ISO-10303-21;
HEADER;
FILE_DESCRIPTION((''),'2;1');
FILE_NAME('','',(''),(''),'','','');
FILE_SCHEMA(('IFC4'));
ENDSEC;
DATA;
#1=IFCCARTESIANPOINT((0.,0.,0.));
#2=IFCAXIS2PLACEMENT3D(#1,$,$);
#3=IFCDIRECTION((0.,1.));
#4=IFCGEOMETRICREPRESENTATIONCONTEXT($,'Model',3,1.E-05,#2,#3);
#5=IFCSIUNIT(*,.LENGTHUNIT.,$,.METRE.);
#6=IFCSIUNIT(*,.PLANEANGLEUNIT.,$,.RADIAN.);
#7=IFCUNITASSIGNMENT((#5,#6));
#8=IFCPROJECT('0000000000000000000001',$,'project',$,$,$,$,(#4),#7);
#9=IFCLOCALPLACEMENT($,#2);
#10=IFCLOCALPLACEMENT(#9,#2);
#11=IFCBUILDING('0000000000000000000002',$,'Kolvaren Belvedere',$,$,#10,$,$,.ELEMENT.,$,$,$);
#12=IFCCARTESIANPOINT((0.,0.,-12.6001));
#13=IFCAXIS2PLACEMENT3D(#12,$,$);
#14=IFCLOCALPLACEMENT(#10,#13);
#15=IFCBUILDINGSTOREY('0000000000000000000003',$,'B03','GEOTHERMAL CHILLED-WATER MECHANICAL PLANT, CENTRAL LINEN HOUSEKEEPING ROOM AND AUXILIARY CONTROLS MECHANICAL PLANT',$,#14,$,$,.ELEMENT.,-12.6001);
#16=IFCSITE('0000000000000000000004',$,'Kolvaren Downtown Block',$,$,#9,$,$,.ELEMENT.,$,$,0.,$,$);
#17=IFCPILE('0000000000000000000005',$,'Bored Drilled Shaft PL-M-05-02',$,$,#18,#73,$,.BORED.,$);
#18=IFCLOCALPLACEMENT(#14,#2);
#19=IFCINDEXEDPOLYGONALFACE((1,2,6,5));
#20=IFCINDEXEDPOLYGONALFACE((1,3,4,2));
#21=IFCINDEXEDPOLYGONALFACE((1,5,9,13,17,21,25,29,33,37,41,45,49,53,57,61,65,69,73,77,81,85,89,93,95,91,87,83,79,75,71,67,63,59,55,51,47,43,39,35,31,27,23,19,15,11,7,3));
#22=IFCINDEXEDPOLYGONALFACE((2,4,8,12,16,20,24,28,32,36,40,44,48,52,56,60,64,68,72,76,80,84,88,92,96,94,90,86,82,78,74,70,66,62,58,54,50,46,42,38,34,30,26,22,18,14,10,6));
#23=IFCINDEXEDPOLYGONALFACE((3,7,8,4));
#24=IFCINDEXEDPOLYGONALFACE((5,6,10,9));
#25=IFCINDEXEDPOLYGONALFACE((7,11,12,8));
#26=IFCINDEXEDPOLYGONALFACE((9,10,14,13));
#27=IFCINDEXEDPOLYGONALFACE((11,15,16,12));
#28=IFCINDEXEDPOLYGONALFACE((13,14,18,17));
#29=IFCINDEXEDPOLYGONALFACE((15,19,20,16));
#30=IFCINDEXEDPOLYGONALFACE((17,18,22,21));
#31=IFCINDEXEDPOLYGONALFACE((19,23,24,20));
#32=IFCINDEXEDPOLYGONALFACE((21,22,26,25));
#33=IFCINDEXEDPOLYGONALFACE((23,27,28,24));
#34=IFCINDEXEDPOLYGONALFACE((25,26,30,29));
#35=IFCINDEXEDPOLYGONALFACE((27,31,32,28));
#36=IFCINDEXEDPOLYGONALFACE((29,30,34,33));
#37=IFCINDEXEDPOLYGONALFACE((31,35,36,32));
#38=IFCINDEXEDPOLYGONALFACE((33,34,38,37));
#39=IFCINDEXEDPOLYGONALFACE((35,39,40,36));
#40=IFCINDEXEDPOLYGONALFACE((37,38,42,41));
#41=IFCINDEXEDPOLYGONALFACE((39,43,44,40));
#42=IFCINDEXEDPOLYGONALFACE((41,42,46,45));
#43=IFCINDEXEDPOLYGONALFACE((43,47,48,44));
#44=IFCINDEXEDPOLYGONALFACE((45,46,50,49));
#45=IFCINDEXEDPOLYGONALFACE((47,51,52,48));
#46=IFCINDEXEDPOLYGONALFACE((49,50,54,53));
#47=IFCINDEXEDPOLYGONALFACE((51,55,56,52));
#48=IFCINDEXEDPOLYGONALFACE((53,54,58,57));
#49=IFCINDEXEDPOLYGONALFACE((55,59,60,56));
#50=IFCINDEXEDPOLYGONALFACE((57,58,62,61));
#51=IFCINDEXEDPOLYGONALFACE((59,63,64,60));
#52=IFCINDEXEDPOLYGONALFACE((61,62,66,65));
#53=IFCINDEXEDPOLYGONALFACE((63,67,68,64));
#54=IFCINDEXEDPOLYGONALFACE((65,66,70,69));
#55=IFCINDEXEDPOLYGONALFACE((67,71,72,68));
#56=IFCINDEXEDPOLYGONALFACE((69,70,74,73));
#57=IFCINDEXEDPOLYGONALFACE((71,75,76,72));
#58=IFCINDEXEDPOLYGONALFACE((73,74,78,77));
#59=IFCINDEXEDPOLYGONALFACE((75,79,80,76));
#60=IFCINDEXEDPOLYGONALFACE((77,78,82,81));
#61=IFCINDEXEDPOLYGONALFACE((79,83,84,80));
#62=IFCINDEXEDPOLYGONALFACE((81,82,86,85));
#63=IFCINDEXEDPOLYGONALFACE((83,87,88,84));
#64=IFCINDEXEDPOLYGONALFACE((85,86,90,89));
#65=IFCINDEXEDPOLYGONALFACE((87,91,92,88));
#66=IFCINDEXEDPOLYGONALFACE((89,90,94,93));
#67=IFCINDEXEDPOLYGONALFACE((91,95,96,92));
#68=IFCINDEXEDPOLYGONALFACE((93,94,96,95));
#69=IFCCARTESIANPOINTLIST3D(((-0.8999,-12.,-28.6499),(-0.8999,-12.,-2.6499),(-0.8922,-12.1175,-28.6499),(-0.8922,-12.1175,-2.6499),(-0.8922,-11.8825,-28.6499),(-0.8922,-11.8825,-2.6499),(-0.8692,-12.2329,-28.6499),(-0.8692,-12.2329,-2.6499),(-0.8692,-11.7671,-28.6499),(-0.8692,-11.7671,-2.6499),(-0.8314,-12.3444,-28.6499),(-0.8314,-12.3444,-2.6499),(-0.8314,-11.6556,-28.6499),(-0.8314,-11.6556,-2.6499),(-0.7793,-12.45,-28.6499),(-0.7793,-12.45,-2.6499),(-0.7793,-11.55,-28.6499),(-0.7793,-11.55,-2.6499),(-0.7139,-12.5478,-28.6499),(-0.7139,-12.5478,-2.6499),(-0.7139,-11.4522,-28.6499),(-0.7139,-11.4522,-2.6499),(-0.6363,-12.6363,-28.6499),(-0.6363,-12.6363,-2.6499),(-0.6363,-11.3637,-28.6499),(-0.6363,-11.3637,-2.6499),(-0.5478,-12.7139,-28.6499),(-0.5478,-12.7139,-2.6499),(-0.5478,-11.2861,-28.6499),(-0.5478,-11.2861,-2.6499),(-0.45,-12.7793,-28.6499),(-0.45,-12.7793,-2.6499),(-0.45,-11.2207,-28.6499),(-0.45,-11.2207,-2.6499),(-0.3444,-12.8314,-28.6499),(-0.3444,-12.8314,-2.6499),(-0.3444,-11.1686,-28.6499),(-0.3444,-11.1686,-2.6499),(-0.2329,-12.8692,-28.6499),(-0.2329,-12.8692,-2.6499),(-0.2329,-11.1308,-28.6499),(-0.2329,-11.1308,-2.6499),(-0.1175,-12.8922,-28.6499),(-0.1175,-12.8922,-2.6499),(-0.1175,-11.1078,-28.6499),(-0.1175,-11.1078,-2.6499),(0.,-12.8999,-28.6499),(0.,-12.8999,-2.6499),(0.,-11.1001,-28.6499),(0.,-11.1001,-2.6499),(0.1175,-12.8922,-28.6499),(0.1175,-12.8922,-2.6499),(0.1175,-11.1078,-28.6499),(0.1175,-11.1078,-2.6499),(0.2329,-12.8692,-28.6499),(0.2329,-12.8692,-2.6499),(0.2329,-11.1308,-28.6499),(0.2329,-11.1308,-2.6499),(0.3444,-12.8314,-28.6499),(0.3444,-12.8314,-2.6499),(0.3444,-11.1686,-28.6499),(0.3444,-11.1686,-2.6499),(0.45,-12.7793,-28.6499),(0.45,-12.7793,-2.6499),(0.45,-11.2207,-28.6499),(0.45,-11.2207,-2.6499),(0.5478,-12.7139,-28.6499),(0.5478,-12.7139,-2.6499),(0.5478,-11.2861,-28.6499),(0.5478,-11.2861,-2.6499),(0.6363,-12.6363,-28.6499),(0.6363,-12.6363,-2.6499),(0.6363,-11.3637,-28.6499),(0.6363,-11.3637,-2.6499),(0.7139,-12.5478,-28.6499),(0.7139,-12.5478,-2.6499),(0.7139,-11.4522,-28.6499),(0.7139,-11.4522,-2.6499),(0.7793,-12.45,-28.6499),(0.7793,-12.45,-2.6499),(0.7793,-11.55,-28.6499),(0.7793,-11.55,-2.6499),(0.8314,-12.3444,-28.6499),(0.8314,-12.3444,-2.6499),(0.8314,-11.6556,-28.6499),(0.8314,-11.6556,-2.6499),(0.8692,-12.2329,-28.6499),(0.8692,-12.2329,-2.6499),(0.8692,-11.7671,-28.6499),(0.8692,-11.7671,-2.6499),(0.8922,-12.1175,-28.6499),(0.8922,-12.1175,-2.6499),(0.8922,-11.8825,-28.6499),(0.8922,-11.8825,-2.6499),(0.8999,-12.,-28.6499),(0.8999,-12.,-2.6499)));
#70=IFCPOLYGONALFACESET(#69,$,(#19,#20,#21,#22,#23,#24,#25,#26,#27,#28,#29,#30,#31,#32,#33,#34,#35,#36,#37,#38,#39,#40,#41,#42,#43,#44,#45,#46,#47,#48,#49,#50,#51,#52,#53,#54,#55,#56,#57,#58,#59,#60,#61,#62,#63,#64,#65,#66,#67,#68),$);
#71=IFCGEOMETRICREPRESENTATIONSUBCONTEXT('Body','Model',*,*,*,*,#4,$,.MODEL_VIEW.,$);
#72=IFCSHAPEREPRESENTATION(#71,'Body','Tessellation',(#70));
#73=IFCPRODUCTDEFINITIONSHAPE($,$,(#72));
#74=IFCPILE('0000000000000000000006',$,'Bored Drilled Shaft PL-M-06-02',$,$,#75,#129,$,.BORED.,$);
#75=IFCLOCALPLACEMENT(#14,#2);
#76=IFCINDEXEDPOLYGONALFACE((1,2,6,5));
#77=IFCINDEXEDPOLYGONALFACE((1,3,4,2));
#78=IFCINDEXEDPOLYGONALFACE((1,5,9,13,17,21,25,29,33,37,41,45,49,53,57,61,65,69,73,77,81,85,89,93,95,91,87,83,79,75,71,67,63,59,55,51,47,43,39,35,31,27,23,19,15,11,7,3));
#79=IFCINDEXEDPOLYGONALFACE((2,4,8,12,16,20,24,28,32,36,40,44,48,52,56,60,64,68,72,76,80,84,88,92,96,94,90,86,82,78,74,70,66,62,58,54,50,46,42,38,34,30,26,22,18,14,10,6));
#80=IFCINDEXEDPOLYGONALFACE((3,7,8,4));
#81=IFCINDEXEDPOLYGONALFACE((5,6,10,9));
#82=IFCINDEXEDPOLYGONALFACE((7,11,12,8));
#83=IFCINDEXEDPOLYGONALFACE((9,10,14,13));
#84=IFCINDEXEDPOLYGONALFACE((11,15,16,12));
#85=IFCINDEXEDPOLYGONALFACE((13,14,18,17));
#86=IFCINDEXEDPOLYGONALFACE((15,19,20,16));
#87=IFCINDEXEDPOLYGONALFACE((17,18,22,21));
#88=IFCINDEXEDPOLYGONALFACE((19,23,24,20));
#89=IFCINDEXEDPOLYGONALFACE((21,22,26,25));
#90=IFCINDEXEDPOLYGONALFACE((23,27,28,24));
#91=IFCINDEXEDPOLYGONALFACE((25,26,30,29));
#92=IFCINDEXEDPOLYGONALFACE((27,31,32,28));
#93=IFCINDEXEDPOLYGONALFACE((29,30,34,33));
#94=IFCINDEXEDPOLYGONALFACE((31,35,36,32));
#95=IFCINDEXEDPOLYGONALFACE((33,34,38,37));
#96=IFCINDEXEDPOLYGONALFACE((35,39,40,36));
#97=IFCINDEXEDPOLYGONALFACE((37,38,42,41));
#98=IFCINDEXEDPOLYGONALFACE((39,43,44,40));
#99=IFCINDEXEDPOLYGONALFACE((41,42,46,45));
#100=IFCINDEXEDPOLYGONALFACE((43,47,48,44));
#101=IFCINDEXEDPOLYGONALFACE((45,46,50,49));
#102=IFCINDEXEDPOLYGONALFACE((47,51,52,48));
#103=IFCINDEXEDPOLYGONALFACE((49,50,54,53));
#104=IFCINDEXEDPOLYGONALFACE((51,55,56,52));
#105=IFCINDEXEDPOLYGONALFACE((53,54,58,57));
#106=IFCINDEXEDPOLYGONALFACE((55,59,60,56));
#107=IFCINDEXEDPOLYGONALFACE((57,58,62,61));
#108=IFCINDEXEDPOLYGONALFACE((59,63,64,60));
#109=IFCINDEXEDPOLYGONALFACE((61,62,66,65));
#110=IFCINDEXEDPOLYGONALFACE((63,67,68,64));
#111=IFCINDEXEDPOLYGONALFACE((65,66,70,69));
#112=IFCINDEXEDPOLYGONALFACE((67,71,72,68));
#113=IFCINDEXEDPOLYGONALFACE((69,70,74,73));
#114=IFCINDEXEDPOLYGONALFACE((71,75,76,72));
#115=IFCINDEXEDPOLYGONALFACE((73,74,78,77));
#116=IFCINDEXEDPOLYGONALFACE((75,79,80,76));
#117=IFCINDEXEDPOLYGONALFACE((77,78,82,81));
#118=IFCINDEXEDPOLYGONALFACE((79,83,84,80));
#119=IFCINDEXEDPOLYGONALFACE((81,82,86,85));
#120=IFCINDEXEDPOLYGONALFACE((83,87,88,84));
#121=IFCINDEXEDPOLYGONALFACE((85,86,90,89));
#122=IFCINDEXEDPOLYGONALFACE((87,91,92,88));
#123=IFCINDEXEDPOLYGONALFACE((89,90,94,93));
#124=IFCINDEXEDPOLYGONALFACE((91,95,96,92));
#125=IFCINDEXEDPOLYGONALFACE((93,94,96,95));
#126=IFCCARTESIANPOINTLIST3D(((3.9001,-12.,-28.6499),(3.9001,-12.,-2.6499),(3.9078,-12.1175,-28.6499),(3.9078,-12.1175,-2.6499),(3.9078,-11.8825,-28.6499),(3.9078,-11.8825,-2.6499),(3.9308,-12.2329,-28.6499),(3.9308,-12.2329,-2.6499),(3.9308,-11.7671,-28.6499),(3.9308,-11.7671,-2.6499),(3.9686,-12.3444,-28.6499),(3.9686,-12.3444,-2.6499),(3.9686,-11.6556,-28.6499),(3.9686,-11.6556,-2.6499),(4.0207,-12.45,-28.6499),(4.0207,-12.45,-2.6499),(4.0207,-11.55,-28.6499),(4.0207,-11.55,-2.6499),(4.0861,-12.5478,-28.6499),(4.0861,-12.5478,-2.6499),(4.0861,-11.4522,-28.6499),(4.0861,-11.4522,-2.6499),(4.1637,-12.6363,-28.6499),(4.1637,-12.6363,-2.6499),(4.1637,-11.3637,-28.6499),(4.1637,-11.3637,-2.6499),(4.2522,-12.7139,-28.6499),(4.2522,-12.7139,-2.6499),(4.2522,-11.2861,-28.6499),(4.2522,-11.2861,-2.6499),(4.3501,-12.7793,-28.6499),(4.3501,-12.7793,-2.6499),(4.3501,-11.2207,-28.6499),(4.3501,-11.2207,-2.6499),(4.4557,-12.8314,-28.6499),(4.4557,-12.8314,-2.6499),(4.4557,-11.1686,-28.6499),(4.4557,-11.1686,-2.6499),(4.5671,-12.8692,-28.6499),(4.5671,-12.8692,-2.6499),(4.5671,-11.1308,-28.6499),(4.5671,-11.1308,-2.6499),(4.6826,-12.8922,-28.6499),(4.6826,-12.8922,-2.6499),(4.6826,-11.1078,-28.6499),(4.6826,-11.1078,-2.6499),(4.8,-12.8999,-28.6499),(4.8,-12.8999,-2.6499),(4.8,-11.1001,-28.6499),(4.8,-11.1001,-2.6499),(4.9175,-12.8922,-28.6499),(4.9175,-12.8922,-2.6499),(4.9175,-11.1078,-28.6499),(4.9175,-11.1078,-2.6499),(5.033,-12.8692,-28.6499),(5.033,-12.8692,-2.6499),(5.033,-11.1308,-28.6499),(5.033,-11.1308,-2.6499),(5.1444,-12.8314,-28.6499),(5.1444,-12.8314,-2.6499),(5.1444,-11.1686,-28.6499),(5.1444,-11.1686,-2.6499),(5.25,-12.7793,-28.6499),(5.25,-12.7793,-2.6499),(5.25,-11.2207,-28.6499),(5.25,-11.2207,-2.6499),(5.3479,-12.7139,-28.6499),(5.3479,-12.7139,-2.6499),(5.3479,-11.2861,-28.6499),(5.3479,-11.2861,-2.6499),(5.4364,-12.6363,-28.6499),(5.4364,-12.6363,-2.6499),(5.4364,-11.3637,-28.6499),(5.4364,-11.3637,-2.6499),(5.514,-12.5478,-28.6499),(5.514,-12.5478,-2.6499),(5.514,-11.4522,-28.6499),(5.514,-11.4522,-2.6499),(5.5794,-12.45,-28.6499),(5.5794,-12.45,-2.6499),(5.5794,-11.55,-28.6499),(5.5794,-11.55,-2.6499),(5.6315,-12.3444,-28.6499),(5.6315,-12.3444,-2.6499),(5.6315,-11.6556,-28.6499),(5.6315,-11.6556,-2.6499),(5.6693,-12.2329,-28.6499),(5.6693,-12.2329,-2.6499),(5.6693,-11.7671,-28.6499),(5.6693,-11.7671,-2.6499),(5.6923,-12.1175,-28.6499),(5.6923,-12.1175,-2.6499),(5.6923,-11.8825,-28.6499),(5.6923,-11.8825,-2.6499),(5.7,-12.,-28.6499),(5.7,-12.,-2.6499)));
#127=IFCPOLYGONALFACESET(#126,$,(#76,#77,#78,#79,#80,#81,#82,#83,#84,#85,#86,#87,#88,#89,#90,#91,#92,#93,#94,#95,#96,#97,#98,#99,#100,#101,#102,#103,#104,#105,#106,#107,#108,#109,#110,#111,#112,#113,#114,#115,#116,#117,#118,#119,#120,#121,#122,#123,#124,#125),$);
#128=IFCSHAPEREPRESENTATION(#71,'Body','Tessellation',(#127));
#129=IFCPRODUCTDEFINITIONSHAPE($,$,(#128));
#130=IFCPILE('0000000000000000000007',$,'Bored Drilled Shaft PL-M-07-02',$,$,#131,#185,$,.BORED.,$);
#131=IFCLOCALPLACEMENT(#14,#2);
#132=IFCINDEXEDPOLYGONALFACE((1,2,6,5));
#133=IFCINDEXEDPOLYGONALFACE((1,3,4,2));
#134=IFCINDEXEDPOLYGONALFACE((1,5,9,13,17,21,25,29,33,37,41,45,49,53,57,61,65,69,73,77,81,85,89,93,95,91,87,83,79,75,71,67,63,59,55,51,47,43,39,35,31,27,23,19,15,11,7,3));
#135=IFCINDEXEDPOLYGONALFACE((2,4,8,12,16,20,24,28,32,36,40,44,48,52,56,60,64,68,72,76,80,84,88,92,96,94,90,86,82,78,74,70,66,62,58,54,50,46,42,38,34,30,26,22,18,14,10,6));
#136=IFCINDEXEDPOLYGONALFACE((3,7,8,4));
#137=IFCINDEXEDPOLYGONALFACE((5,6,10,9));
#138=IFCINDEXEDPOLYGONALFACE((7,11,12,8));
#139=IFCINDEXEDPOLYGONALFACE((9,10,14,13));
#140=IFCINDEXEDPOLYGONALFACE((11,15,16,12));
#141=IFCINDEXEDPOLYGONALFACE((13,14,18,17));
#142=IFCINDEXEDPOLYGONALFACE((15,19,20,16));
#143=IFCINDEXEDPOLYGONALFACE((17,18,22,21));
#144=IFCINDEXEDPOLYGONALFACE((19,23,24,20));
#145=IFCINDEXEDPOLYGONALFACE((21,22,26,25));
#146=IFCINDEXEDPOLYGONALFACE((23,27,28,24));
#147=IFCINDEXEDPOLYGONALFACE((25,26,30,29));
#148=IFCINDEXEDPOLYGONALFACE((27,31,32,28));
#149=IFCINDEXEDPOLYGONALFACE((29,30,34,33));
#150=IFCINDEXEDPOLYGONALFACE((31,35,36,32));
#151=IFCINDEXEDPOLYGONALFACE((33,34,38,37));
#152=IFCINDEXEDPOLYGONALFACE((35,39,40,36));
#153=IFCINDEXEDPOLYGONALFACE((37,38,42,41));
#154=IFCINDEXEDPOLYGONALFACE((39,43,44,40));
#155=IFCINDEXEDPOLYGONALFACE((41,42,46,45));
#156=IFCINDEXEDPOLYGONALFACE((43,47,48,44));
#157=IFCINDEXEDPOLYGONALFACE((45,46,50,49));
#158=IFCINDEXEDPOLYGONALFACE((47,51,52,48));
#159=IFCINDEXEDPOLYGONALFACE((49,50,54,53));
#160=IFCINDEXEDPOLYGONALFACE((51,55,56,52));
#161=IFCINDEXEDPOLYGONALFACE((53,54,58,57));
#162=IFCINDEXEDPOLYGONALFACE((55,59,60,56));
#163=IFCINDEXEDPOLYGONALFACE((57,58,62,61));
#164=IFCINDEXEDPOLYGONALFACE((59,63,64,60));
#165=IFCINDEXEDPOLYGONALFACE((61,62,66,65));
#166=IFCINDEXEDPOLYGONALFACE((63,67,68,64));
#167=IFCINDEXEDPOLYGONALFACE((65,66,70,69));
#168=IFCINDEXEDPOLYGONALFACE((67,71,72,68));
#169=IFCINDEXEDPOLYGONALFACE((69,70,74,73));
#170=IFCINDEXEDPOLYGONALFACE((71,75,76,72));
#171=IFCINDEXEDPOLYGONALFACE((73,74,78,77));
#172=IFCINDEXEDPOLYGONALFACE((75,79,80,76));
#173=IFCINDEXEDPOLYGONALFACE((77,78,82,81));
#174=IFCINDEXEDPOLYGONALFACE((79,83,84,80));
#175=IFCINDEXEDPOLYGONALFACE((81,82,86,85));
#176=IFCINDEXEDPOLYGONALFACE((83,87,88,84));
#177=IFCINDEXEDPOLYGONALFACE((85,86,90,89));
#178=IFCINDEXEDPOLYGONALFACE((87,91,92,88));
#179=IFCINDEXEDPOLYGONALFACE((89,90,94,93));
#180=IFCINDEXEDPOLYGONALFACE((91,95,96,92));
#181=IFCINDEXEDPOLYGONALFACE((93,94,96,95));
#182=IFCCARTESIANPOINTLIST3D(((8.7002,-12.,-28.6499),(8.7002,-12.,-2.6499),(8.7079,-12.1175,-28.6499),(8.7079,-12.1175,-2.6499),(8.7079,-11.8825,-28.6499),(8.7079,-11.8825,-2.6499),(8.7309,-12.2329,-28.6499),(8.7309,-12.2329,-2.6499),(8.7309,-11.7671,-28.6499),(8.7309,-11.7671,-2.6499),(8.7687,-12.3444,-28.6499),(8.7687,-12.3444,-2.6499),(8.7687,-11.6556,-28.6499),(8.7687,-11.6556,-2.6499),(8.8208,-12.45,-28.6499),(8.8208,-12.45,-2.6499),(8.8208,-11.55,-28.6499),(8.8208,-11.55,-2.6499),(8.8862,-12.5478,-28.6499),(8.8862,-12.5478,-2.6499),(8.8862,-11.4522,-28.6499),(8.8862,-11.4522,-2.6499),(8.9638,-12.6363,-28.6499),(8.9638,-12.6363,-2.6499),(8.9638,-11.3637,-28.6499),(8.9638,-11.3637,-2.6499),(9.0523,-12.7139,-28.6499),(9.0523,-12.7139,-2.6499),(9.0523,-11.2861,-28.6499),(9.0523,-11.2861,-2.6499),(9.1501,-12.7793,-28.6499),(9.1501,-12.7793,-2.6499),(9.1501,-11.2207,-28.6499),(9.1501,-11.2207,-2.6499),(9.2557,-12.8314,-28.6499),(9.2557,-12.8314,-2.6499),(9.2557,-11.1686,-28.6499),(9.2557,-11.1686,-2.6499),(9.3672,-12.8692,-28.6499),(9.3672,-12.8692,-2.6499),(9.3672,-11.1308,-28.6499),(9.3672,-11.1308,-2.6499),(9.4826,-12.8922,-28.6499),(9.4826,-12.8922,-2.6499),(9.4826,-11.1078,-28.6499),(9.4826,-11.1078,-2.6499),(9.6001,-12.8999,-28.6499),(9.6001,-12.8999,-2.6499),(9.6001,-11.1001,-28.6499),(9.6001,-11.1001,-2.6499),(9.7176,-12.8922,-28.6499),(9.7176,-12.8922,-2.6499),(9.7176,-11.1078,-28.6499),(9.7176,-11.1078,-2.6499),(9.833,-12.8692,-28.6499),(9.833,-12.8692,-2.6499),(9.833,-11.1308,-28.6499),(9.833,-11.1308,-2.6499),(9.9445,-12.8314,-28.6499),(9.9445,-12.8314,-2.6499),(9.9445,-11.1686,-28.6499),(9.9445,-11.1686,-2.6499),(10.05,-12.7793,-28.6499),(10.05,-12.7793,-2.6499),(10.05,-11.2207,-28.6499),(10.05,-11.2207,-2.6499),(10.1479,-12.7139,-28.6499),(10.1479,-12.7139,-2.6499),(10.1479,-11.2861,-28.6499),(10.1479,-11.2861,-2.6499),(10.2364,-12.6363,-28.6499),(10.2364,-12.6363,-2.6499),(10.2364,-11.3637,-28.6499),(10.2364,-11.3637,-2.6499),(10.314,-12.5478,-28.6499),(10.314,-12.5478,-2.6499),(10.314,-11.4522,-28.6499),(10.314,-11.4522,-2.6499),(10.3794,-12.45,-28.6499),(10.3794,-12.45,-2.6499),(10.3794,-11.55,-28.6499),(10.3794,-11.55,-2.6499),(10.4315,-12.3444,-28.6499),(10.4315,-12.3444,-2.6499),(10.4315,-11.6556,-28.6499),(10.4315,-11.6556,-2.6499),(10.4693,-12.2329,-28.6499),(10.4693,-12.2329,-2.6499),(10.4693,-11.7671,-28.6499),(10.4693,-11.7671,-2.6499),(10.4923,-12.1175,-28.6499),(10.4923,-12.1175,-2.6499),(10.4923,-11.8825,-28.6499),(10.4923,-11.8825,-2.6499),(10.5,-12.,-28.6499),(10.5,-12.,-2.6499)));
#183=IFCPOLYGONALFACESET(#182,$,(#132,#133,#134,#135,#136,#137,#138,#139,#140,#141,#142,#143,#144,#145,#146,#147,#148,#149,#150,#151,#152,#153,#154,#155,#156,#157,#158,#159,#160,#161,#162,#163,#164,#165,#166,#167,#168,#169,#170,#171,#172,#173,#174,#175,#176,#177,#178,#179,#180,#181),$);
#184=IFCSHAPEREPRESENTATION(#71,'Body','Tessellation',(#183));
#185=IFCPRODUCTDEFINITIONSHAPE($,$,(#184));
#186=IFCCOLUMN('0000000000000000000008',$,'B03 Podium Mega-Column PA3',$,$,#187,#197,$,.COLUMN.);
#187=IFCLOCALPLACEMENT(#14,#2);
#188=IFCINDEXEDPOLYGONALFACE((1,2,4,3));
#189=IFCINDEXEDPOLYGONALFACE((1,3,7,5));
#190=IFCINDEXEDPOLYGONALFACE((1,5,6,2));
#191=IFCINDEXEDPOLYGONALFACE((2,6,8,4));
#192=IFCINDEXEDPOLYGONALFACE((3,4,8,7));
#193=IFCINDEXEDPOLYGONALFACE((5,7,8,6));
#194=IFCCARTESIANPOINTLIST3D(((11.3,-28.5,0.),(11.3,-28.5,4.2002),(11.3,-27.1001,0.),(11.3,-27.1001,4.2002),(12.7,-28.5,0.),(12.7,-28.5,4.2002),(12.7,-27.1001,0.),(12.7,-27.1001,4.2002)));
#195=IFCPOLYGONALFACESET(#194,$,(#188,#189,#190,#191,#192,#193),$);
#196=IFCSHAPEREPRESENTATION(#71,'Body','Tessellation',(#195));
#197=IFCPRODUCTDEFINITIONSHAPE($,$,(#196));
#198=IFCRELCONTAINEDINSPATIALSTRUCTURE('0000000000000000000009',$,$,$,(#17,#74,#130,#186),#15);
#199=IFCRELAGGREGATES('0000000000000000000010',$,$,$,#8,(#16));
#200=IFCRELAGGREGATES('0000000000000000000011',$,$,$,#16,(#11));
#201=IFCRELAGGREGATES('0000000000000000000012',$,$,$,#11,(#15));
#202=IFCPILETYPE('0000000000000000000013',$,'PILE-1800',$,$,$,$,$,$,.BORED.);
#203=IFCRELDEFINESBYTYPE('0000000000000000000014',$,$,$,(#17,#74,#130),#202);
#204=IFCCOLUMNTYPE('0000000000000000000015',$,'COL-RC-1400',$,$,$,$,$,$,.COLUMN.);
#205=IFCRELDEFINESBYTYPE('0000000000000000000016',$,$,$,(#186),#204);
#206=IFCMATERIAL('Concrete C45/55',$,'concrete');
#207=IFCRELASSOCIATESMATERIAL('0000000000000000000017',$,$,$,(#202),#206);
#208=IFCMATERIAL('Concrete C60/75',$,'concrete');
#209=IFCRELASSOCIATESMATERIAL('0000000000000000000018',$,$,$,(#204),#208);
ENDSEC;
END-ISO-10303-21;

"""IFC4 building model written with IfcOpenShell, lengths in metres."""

from ifc_helpers import new_model, si_unit, direction, frame, origin, origin_2d, place, context, subcontext, project, spatial, rectangle, circle, extrude, material, material_profile, profile_set, type_object, element, save


model = new_model("IFC4")

# Units and contexts
model_context = context("Model", 3, precision=1e-05, world=origin(), true_north=direction((0.0, 1.0)))
body_context = subcontext(model_context, "Body", "Model", "MODEL_VIEW")
ifc_project = project(units=[si_unit("LENGTHUNIT", "METRE"), si_unit("PLANEANGLEUNIT", "RADIAN")], contexts=[model_context])

# Site, building, storey
site_placement = place(None, origin())
site = spatial("IfcSite", under=ifc_project, at=site_placement, Name="Kolvaren Downtown Block", CompositionType="ELEMENT", RefElevation=0.0)
building_placement = place(site_placement, origin())
building = spatial("IfcBuilding", under=site, at=building_placement, Name="Kolvaren Belvedere", CompositionType="ELEMENT")
storey_placement = place(building_placement, frame((0.0, 0.0, -12.6001)))
storey = spatial("IfcBuildingStorey", under=building, at=storey_placement, Name="B03", Description="GEOTHERMAL CHILLED-WATER MECHANICAL PLANT, CENTRAL LINEN HOUSEKEEPING ROOM AND AUXILIARY CONTROLS MECHANICAL PLANT", CompositionType="ELEMENT", Elevation=-12.6001)

# Piles
ifc_material_1 = material(Name="Concrete C45/55", Category="concrete")
ifc_material_profile_1 = material_profile(ifc_material_1, circle(Radius=0.8999, at=origin_2d()), Name="BORED PILE D1800")
ifc_profile_set_1 = profile_set([ifc_material_profile_1], Name="Concrete C45/55")
pile_type_1 = type_object("IfcPileType", Name="PILE-1800", PredefinedType="BORED", material=ifc_profile_set_1)
for number, where, z_axis, x_axis, name in (
    (1, (0.0, -12.0, -2.6499), (0.0, 0.0, -1.0), (1.0, 0.0, 0.0), "Bored Drilled Shaft PL-M-05-02"),
    (2, (4.8, -12.0, -2.6499), (0.0, 0.0, -1.0), (1.0, 0.0, 0.0), "Bored Drilled Shaft PL-M-06-02"),
    (3, (9.6001, -12.0, -2.6499), (0.0, 0.0, -1.0), (1.0, 0.0, 0.0), "Bored Drilled Shaft PL-M-07-02"),
):
    element("IfcPile", number, at=place(storey_placement, frame(where, z_axis=z_axis, x_axis=x_axis)), inside=storey, type_object=pile_type_1, Name=name, PredefinedType="BORED", context=body_context, shape_type="SweptSolid", body=[
        extrude(circle(Radius=0.8999, at=origin_2d()), origin(), (0.0, 0.0, 1.0), 26.0),
    ])

# Column
ifc_material_2 = material(Name="Concrete C60/75", Category="concrete")
ifc_material_profile_2 = material_profile(ifc_material_2, rectangle(XDim=1.3999, YDim=1.3999, at=origin_2d()), Name="RC 1400X1400")
ifc_profile_set_2 = profile_set([ifc_material_profile_2], Name="Concrete C60/75")
column_type_1 = type_object("IfcColumnType", Name="COL-RC-1400", PredefinedType="COLUMN", material=ifc_profile_set_2)
column_1_placement = place(storey_placement, frame((12.0, -27.8, 0.0), z_axis=(0.0, 0.0, 1.0), x_axis=(1.0, 0.0, 0.0)))
element("IfcColumn", 4, at=column_1_placement, inside=storey, type_object=column_type_1, Name="B03 Podium Mega-Column PA3", PredefinedType="COLUMN", context=body_context, shape_type="SweptSolid", body=[
    extrude(rectangle(XDim=1.3999, YDim=1.3999, at=origin_2d()), origin(), (0.0, 0.0, 1.0), 4.2002),
])

save(model, "model.ifc")
